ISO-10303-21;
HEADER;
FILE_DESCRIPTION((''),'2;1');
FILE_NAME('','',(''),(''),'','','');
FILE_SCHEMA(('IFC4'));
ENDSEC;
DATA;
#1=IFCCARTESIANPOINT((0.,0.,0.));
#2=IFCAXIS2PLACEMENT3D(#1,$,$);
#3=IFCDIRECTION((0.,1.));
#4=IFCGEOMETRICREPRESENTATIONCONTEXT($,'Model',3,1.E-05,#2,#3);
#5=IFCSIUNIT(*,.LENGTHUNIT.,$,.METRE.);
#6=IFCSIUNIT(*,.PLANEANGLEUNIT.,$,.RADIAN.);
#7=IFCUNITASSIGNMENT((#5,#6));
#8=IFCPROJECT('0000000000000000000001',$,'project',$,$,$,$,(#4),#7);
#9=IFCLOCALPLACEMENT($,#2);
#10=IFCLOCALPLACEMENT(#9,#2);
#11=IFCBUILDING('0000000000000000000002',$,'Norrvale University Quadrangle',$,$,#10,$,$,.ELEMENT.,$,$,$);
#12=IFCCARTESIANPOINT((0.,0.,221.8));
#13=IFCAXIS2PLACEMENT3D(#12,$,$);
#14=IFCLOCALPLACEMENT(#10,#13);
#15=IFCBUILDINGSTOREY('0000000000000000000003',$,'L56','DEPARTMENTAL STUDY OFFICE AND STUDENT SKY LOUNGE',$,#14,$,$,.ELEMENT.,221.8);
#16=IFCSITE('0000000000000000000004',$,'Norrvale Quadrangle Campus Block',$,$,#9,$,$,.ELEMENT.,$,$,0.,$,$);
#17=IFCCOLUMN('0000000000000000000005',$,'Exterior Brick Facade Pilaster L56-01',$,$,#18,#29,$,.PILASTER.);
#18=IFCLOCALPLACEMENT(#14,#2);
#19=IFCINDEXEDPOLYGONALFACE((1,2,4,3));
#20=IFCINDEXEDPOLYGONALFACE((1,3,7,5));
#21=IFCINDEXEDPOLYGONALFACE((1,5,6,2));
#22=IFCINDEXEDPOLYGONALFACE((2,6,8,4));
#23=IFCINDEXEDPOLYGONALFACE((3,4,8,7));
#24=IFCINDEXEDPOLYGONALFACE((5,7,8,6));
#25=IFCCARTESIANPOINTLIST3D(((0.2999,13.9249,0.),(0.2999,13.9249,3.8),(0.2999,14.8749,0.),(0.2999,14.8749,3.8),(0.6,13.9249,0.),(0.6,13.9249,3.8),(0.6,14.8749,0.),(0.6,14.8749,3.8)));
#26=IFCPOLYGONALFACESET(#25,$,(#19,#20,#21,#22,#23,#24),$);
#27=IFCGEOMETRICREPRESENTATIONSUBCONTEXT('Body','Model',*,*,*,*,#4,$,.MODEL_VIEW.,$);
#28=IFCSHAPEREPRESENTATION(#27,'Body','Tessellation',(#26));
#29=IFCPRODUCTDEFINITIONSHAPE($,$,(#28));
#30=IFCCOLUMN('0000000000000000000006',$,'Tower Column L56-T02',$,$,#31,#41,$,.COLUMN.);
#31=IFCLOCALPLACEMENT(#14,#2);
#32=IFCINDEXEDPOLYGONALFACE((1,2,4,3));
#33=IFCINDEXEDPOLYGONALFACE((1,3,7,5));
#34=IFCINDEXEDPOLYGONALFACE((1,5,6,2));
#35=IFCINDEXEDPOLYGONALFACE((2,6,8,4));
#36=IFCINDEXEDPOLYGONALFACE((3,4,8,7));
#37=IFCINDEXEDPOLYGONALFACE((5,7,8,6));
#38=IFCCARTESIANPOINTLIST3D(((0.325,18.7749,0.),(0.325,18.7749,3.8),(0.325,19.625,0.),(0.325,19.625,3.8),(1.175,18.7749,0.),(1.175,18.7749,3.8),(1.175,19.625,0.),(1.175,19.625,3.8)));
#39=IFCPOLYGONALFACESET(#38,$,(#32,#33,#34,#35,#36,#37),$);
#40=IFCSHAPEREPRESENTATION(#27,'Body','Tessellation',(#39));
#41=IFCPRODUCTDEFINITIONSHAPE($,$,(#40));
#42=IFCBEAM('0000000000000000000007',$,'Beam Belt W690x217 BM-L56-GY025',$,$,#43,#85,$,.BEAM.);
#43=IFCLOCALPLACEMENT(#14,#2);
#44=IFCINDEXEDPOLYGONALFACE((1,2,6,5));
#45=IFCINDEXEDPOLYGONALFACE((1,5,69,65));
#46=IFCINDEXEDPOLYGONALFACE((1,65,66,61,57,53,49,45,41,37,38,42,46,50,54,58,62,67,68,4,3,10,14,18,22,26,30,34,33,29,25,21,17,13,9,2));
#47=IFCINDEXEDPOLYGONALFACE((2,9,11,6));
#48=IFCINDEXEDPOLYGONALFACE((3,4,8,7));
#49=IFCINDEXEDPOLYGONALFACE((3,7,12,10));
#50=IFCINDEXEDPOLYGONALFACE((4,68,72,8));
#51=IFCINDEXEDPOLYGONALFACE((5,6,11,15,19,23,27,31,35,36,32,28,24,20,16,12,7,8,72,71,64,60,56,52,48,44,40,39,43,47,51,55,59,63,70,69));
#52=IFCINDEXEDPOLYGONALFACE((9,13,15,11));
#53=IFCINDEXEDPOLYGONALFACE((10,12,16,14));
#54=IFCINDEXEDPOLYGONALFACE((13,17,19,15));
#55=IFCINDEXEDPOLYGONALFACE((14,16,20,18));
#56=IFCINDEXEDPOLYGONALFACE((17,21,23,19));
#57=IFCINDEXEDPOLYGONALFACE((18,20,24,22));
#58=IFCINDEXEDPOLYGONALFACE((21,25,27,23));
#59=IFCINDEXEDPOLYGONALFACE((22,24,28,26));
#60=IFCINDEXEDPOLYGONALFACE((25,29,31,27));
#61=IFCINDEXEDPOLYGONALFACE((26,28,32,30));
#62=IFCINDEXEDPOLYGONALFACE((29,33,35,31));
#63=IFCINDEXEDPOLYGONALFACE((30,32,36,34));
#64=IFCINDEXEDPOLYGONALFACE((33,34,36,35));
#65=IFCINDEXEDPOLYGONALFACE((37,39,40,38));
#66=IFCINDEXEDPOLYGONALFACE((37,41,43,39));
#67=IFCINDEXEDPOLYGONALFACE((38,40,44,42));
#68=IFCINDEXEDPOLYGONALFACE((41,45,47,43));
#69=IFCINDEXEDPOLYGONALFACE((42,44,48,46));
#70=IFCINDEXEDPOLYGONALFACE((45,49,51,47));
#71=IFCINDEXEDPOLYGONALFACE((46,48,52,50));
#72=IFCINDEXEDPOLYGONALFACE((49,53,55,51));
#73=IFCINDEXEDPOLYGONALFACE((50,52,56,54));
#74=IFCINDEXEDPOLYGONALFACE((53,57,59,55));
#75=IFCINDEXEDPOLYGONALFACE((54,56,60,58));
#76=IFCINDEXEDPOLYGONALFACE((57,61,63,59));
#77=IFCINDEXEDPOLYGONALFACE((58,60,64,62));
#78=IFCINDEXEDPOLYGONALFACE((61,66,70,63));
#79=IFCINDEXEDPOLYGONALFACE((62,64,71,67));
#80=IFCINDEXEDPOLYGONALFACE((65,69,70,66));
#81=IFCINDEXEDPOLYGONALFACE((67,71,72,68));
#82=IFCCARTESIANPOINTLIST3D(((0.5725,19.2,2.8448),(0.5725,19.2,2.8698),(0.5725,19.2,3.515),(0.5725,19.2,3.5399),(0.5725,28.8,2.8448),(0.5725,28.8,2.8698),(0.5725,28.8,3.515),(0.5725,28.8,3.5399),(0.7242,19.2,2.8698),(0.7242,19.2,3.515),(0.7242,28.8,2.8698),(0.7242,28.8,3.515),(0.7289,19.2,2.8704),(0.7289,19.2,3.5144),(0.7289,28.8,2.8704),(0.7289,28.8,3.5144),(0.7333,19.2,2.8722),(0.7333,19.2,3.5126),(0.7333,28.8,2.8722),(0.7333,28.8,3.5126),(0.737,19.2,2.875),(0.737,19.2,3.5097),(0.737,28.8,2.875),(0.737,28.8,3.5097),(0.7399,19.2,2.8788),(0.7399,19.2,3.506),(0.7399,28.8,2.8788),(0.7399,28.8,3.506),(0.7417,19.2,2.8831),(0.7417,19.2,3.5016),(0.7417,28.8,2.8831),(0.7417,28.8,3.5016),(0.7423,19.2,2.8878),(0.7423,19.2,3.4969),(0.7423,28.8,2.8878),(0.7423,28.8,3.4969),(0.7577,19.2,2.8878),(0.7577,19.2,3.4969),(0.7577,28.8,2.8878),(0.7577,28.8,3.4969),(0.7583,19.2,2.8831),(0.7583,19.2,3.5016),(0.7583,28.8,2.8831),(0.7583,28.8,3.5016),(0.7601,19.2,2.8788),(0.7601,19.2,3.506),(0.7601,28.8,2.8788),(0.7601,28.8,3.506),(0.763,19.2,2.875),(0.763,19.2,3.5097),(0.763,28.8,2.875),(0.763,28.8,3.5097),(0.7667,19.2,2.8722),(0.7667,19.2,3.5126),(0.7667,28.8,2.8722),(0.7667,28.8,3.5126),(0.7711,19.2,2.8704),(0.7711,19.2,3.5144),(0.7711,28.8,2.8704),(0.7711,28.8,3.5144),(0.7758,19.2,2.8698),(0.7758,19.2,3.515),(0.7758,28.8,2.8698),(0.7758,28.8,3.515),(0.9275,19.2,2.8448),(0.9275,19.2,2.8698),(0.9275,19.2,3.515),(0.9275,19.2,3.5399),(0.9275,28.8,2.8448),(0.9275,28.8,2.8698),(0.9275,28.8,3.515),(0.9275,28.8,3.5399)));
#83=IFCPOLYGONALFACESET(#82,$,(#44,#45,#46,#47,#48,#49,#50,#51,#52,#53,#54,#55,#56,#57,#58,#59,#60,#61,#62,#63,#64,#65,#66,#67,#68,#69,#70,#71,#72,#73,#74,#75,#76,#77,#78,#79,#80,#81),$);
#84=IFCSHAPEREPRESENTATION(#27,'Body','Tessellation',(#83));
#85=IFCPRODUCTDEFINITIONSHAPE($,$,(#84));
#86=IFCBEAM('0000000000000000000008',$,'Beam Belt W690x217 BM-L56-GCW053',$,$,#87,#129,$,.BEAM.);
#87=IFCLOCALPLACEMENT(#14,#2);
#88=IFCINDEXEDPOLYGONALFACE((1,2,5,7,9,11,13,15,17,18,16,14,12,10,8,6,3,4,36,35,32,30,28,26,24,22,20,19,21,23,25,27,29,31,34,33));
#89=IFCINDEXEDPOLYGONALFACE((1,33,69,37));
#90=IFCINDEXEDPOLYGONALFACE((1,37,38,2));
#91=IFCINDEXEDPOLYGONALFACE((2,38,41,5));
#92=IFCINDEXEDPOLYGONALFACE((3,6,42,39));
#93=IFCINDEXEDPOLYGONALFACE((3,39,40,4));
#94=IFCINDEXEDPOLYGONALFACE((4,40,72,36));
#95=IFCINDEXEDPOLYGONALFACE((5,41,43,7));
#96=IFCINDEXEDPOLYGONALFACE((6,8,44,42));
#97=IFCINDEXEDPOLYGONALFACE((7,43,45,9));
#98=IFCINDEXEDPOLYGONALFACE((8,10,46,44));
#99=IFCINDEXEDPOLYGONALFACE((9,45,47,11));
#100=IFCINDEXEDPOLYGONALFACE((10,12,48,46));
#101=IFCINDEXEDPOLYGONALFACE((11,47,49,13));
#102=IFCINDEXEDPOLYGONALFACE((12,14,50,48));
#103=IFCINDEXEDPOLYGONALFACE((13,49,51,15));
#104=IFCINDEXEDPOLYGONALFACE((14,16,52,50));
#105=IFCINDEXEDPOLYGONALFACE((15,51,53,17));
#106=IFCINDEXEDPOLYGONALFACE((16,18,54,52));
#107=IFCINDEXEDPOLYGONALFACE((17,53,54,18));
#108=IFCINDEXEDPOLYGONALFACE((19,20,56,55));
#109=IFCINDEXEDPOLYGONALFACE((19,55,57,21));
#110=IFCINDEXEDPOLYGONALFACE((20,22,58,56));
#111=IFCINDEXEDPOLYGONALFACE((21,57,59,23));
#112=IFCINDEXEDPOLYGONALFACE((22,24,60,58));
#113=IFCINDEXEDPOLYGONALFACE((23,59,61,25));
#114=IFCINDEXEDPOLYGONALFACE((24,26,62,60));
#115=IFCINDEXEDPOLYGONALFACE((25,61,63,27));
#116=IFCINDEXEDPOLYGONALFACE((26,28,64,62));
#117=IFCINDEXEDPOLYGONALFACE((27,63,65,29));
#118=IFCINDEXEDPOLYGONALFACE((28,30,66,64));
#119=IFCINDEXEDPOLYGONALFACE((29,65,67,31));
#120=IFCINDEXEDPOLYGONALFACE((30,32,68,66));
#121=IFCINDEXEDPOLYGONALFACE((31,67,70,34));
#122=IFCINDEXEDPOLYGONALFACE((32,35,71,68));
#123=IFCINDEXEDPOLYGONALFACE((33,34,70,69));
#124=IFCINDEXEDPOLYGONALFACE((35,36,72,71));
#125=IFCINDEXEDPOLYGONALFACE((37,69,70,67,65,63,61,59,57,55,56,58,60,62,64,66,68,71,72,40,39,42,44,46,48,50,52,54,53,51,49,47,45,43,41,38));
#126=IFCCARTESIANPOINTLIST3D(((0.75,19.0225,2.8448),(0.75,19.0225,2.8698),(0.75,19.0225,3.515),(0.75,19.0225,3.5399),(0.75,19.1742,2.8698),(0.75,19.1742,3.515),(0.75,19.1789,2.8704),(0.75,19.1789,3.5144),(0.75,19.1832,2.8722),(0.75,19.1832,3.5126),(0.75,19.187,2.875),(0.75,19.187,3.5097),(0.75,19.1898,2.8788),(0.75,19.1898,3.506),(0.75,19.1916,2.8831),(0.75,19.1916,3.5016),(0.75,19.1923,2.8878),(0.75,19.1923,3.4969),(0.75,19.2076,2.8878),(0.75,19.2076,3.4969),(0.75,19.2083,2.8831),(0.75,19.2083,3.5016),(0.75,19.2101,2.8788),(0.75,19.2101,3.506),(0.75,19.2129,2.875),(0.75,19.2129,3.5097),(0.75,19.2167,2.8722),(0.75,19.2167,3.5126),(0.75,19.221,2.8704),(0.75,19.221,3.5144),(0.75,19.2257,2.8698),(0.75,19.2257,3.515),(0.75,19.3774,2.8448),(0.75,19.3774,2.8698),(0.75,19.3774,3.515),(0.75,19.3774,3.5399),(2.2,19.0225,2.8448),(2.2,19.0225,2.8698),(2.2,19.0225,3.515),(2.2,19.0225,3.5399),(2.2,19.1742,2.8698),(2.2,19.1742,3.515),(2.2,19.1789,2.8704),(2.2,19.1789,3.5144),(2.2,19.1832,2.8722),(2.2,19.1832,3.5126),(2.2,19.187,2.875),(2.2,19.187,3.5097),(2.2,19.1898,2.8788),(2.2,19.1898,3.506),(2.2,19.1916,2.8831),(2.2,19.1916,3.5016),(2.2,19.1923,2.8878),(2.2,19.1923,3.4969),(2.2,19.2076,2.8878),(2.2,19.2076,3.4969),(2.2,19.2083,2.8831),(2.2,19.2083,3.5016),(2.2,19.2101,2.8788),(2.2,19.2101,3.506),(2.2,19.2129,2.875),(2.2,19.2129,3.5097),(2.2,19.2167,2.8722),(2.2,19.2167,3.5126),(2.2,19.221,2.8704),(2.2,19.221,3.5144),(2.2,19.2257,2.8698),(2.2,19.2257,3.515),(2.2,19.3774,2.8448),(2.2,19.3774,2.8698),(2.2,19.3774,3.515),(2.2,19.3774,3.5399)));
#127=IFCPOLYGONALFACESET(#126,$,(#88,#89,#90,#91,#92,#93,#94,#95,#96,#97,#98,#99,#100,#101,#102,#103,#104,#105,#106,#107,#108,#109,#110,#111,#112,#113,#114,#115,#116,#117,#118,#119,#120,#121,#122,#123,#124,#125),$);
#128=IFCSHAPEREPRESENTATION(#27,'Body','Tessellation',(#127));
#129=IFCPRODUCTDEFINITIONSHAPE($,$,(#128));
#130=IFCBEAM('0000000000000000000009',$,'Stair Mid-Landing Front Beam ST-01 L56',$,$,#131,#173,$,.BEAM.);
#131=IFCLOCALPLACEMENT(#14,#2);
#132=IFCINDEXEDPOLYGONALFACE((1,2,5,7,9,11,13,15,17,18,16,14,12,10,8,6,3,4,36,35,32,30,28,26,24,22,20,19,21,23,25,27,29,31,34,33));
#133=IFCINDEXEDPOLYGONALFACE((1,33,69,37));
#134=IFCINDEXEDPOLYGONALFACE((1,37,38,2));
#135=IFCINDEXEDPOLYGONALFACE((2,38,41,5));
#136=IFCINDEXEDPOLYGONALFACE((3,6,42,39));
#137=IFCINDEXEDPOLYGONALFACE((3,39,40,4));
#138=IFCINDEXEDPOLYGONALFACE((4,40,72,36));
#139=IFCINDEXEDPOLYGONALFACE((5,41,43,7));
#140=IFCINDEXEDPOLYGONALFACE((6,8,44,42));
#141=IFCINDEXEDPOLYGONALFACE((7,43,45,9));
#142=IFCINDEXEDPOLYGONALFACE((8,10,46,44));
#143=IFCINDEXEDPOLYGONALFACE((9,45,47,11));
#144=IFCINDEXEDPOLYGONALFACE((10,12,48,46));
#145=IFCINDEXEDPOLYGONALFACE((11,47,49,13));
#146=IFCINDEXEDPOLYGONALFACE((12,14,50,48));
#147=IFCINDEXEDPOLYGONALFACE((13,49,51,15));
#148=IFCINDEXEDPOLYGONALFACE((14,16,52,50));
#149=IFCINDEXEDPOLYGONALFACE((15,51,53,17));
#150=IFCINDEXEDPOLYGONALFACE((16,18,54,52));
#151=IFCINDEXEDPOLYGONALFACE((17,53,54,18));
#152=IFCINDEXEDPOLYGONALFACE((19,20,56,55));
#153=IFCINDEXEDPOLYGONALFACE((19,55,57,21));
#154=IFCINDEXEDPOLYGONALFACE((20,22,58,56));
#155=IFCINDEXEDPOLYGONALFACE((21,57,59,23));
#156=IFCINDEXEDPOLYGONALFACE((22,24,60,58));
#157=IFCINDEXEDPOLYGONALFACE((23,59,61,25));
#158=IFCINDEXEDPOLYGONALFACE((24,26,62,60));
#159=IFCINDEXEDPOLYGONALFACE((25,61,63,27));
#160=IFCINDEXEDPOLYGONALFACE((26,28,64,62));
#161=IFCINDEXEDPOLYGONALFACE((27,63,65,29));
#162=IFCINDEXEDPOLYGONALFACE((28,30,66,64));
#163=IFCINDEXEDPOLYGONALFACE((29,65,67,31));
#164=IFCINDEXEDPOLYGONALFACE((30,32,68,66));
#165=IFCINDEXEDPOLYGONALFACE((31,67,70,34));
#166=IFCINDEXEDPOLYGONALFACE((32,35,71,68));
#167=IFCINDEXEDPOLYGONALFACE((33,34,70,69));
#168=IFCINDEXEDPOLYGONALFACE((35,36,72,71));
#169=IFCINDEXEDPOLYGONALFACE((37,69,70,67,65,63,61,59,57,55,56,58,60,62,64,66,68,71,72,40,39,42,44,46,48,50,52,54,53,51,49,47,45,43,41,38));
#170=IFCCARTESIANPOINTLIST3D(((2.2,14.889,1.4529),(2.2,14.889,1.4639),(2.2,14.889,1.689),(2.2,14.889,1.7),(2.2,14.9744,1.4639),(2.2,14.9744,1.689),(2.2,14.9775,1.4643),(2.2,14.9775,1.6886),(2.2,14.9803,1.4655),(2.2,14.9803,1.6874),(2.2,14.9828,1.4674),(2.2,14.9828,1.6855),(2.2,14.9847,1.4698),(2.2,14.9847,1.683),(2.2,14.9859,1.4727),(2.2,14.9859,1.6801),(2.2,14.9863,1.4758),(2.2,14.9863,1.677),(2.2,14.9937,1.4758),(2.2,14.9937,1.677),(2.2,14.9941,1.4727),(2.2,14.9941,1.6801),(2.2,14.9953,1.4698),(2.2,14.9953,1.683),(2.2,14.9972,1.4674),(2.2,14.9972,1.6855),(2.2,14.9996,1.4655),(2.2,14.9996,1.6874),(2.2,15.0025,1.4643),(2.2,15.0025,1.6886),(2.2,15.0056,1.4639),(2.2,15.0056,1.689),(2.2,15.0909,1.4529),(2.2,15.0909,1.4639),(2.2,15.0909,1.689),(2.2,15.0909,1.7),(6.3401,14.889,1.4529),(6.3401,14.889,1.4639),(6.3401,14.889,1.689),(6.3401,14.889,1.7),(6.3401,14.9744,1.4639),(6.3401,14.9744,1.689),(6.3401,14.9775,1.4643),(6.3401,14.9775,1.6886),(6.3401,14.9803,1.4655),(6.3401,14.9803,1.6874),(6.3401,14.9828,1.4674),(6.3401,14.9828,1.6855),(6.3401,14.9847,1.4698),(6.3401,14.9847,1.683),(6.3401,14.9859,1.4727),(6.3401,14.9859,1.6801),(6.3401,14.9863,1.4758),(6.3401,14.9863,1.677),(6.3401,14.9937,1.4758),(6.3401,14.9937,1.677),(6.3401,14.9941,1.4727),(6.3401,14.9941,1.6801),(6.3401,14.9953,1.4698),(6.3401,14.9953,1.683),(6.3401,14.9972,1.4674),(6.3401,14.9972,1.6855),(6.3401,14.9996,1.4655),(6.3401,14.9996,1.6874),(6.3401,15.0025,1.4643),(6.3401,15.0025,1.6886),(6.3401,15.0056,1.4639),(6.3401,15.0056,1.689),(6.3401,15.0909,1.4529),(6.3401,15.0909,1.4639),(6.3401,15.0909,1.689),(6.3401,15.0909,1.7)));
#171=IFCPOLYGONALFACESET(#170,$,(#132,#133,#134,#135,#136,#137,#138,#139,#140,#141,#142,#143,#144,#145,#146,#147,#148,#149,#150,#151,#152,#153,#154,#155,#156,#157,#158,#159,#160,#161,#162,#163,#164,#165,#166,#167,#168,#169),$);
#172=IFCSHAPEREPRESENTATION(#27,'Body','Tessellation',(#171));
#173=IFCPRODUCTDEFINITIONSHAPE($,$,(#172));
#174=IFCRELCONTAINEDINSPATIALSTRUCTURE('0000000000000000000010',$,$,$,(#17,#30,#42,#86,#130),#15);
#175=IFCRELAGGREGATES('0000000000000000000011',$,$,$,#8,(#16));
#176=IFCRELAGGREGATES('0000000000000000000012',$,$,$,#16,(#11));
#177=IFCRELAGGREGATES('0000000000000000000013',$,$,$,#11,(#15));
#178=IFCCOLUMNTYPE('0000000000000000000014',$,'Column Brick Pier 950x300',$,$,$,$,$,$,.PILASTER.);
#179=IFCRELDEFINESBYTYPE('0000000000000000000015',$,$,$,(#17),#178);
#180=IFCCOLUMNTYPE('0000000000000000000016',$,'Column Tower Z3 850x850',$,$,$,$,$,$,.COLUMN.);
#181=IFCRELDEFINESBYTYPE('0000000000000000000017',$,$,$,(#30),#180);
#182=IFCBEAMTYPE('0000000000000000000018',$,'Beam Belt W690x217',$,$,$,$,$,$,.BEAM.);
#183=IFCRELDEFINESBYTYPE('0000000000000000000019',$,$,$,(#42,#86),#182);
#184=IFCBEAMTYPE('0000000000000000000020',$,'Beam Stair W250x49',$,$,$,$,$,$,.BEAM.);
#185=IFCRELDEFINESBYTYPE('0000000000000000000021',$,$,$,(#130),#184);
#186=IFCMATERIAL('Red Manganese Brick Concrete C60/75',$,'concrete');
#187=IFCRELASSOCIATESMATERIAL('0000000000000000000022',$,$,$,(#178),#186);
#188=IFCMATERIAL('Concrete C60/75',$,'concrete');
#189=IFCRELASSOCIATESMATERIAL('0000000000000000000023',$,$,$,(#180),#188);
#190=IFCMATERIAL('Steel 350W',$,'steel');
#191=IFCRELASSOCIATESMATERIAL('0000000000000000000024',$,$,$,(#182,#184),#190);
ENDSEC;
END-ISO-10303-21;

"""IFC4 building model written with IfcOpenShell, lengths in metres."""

from ifc_helpers import new_model, si_unit, direction, frame, origin, origin_2d, place, context, subcontext, project, spatial, rectangle, i_section, extrude, material, material_profile, profile_set, type_object, element, save


model = new_model("IFC4")

# Units and contexts
model_context = context("Model", 3, precision=1e-05, world=origin(), true_north=direction((0.0, 1.0)))
body_context = subcontext(model_context, "Body", "Model", "MODEL_VIEW")
ifc_project = project(units=[si_unit("LENGTHUNIT", "METRE"), si_unit("PLANEANGLEUNIT", "RADIAN")], contexts=[model_context])

# Site, building, storey
site_placement = place(None, origin())
site = spatial("IfcSite", under=ifc_project, at=site_placement, Name="Norrvale Quadrangle Campus Block", CompositionType="ELEMENT", RefElevation=0.0)
building_placement = place(site_placement, origin())
building = spatial("IfcBuilding", under=site, at=building_placement, Name="Norrvale University Quadrangle", CompositionType="ELEMENT")
storey_placement = place(building_placement, frame((0.0, 0.0, 221.8)))
storey = spatial("IfcBuildingStorey", under=building, at=storey_placement, Name="L56", Description="DEPARTMENTAL STUDY OFFICE AND STUDENT SKY LOUNGE", CompositionType="ELEMENT", Elevation=221.8)

# Columns
ifc_material_1 = material(Name="Red Manganese Brick Concrete C60/75", Category="concrete")
ifc_material_profile_1 = material_profile(ifc_material_1, rectangle(XDim=0.95, YDim=0.3, at=origin_2d()), Name="Red Manganese Brick Concrete C60/75")
ifc_profile_set_1 = profile_set([ifc_material_profile_1], Name="Red Manganese Brick Concrete C60/75")
column_type_1 = type_object("IfcColumnType", Name="Column Brick Pier 950x300", PredefinedType="PILASTER", material=ifc_profile_set_1)
column_1_placement = place(storey_placement, frame((0.45, 14.3999, 0.0), z_axis=(0.0, 0.0, 1.0), x_axis=(0.0, 1.0, 0.0)))
element("IfcColumn", 1, at=column_1_placement, inside=storey, type_object=column_type_1, Name="Exterior Brick Facade Pilaster L56-01", PredefinedType="PILASTER", context=body_context, shape_type="SweptSolid", body=[
    extrude(rectangle(XDim=0.95, YDim=0.3, at=origin_2d()), origin(), (0.0, 0.0, 1.0), 3.8),
])
ifc_material_2 = material(Name="Concrete C60/75", Category="concrete")
ifc_material_profile_2 = material_profile(ifc_material_2, rectangle(XDim=0.8501, YDim=0.8501, at=origin_2d()), Name="Concrete C60/75")
ifc_profile_set_2 = profile_set([ifc_material_profile_2], Name="Concrete C60/75")
column_type_2 = type_object("IfcColumnType", Name="Column Tower Z3 850x850", PredefinedType="COLUMN", material=ifc_profile_set_2)
column_2_placement = place(storey_placement, frame((0.75, 19.2, 0.0), z_axis=(0.0, 0.0, 1.0), x_axis=(1.0, 0.0, 0.0)))
element("IfcColumn", 2, at=column_2_placement, inside=storey, type_object=column_type_2, Name="Tower Column L56-T02", PredefinedType="COLUMN", context=body_context, shape_type="SweptSolid", body=[
    extrude(rectangle(XDim=0.8501, YDim=0.8501, at=origin_2d()), origin(), (0.0, 0.0, 1.0), 3.8),
])

# Beams
ifc_material_3 = material(Name="Steel 350W", Category="steel")
ifc_material_profile_3 = material_profile(ifc_material_3, i_section(OverallWidth=0.355, OverallDepth=0.6951, WebThickness=0.0154, FlangeThickness=0.0249, FilletRadius=0.0181, at=origin_2d()), Name="Steel 350W")
ifc_profile_set_3 = profile_set([ifc_material_profile_3], Name="Steel 350W")
beam_type_1 = type_object("IfcBeamType", Name="Beam Belt W690x217", PredefinedType="BEAM", material=ifc_profile_set_3)
beam_1_placement = place(storey_placement, frame((0.75, 19.2, 3.1924), z_axis=(0.0, 1.0, 0.0), x_axis=(-1.0, 0.0, 0.0)))
element("IfcBeam", 3, at=beam_1_placement, inside=storey, type_object=beam_type_1, Name="Beam Belt W690x217 BM-L56-GY025", PredefinedType="BEAM", context=body_context, shape_type="SweptSolid", body=[
    extrude(i_section(OverallWidth=0.355, OverallDepth=0.6951, WebThickness=0.0154, FlangeThickness=0.0249, FilletRadius=0.0181, at=origin_2d()), origin(), (0.0, 0.0, 1.0), 9.6001),
])
beam_2_placement = place(storey_placement, frame((0.75, 19.2, 3.1924), z_axis=(1.0, 0.0, 0.0), x_axis=(0.0, 1.0, 0.0)))
element("IfcBeam", 4, at=beam_2_placement, inside=storey, type_object=beam_type_1, Name="Beam Belt W690x217 BM-L56-GCW053", PredefinedType="BEAM", context=body_context, shape_type="SweptSolid", body=[
    extrude(i_section(OverallWidth=0.355, OverallDepth=0.6951, WebThickness=0.0154, FlangeThickness=0.0249, FilletRadius=0.0181, at=origin_2d()), origin(), (0.0, 0.0, 1.0), 1.45),
])
ifc_material_profile_4 = material_profile(ifc_material_3, i_section(OverallWidth=0.2019, OverallDepth=0.2471, WebThickness=0.0073, FlangeThickness=0.011, FilletRadius=0.012, at=origin_2d()), Name="Steel 350W")
ifc_profile_set_4 = profile_set([ifc_material_profile_4], Name="Steel 350W")
beam_type_2 = type_object("IfcBeamType", Name="Beam Stair W250x49", PredefinedType="BEAM", material=ifc_profile_set_4)
for number, where, z_axis, x_axis, name in (
    (5, (2.2, 14.99, 1.5764), (1.0, 0.0, 0.0), (0.0, 1.0, 0.0), "Stair Mid-Landing Front Beam ST-01 L56"),
):
    element("IfcBeam", number, at=place(storey_placement, frame(where, z_axis=z_axis, x_axis=x_axis)), inside=storey, type_object=beam_type_2, Name=name, PredefinedType="BEAM", context=body_context, shape_type="SweptSolid", body=[
        extrude(i_section(OverallWidth=0.2019, OverallDepth=0.2471, WebThickness=0.0073, FlangeThickness=0.011, FilletRadius=0.012, at=origin_2d()), origin(), (0.0, 0.0, 1.0), 4.1401),
    ])

save(model, "model.ifc")
